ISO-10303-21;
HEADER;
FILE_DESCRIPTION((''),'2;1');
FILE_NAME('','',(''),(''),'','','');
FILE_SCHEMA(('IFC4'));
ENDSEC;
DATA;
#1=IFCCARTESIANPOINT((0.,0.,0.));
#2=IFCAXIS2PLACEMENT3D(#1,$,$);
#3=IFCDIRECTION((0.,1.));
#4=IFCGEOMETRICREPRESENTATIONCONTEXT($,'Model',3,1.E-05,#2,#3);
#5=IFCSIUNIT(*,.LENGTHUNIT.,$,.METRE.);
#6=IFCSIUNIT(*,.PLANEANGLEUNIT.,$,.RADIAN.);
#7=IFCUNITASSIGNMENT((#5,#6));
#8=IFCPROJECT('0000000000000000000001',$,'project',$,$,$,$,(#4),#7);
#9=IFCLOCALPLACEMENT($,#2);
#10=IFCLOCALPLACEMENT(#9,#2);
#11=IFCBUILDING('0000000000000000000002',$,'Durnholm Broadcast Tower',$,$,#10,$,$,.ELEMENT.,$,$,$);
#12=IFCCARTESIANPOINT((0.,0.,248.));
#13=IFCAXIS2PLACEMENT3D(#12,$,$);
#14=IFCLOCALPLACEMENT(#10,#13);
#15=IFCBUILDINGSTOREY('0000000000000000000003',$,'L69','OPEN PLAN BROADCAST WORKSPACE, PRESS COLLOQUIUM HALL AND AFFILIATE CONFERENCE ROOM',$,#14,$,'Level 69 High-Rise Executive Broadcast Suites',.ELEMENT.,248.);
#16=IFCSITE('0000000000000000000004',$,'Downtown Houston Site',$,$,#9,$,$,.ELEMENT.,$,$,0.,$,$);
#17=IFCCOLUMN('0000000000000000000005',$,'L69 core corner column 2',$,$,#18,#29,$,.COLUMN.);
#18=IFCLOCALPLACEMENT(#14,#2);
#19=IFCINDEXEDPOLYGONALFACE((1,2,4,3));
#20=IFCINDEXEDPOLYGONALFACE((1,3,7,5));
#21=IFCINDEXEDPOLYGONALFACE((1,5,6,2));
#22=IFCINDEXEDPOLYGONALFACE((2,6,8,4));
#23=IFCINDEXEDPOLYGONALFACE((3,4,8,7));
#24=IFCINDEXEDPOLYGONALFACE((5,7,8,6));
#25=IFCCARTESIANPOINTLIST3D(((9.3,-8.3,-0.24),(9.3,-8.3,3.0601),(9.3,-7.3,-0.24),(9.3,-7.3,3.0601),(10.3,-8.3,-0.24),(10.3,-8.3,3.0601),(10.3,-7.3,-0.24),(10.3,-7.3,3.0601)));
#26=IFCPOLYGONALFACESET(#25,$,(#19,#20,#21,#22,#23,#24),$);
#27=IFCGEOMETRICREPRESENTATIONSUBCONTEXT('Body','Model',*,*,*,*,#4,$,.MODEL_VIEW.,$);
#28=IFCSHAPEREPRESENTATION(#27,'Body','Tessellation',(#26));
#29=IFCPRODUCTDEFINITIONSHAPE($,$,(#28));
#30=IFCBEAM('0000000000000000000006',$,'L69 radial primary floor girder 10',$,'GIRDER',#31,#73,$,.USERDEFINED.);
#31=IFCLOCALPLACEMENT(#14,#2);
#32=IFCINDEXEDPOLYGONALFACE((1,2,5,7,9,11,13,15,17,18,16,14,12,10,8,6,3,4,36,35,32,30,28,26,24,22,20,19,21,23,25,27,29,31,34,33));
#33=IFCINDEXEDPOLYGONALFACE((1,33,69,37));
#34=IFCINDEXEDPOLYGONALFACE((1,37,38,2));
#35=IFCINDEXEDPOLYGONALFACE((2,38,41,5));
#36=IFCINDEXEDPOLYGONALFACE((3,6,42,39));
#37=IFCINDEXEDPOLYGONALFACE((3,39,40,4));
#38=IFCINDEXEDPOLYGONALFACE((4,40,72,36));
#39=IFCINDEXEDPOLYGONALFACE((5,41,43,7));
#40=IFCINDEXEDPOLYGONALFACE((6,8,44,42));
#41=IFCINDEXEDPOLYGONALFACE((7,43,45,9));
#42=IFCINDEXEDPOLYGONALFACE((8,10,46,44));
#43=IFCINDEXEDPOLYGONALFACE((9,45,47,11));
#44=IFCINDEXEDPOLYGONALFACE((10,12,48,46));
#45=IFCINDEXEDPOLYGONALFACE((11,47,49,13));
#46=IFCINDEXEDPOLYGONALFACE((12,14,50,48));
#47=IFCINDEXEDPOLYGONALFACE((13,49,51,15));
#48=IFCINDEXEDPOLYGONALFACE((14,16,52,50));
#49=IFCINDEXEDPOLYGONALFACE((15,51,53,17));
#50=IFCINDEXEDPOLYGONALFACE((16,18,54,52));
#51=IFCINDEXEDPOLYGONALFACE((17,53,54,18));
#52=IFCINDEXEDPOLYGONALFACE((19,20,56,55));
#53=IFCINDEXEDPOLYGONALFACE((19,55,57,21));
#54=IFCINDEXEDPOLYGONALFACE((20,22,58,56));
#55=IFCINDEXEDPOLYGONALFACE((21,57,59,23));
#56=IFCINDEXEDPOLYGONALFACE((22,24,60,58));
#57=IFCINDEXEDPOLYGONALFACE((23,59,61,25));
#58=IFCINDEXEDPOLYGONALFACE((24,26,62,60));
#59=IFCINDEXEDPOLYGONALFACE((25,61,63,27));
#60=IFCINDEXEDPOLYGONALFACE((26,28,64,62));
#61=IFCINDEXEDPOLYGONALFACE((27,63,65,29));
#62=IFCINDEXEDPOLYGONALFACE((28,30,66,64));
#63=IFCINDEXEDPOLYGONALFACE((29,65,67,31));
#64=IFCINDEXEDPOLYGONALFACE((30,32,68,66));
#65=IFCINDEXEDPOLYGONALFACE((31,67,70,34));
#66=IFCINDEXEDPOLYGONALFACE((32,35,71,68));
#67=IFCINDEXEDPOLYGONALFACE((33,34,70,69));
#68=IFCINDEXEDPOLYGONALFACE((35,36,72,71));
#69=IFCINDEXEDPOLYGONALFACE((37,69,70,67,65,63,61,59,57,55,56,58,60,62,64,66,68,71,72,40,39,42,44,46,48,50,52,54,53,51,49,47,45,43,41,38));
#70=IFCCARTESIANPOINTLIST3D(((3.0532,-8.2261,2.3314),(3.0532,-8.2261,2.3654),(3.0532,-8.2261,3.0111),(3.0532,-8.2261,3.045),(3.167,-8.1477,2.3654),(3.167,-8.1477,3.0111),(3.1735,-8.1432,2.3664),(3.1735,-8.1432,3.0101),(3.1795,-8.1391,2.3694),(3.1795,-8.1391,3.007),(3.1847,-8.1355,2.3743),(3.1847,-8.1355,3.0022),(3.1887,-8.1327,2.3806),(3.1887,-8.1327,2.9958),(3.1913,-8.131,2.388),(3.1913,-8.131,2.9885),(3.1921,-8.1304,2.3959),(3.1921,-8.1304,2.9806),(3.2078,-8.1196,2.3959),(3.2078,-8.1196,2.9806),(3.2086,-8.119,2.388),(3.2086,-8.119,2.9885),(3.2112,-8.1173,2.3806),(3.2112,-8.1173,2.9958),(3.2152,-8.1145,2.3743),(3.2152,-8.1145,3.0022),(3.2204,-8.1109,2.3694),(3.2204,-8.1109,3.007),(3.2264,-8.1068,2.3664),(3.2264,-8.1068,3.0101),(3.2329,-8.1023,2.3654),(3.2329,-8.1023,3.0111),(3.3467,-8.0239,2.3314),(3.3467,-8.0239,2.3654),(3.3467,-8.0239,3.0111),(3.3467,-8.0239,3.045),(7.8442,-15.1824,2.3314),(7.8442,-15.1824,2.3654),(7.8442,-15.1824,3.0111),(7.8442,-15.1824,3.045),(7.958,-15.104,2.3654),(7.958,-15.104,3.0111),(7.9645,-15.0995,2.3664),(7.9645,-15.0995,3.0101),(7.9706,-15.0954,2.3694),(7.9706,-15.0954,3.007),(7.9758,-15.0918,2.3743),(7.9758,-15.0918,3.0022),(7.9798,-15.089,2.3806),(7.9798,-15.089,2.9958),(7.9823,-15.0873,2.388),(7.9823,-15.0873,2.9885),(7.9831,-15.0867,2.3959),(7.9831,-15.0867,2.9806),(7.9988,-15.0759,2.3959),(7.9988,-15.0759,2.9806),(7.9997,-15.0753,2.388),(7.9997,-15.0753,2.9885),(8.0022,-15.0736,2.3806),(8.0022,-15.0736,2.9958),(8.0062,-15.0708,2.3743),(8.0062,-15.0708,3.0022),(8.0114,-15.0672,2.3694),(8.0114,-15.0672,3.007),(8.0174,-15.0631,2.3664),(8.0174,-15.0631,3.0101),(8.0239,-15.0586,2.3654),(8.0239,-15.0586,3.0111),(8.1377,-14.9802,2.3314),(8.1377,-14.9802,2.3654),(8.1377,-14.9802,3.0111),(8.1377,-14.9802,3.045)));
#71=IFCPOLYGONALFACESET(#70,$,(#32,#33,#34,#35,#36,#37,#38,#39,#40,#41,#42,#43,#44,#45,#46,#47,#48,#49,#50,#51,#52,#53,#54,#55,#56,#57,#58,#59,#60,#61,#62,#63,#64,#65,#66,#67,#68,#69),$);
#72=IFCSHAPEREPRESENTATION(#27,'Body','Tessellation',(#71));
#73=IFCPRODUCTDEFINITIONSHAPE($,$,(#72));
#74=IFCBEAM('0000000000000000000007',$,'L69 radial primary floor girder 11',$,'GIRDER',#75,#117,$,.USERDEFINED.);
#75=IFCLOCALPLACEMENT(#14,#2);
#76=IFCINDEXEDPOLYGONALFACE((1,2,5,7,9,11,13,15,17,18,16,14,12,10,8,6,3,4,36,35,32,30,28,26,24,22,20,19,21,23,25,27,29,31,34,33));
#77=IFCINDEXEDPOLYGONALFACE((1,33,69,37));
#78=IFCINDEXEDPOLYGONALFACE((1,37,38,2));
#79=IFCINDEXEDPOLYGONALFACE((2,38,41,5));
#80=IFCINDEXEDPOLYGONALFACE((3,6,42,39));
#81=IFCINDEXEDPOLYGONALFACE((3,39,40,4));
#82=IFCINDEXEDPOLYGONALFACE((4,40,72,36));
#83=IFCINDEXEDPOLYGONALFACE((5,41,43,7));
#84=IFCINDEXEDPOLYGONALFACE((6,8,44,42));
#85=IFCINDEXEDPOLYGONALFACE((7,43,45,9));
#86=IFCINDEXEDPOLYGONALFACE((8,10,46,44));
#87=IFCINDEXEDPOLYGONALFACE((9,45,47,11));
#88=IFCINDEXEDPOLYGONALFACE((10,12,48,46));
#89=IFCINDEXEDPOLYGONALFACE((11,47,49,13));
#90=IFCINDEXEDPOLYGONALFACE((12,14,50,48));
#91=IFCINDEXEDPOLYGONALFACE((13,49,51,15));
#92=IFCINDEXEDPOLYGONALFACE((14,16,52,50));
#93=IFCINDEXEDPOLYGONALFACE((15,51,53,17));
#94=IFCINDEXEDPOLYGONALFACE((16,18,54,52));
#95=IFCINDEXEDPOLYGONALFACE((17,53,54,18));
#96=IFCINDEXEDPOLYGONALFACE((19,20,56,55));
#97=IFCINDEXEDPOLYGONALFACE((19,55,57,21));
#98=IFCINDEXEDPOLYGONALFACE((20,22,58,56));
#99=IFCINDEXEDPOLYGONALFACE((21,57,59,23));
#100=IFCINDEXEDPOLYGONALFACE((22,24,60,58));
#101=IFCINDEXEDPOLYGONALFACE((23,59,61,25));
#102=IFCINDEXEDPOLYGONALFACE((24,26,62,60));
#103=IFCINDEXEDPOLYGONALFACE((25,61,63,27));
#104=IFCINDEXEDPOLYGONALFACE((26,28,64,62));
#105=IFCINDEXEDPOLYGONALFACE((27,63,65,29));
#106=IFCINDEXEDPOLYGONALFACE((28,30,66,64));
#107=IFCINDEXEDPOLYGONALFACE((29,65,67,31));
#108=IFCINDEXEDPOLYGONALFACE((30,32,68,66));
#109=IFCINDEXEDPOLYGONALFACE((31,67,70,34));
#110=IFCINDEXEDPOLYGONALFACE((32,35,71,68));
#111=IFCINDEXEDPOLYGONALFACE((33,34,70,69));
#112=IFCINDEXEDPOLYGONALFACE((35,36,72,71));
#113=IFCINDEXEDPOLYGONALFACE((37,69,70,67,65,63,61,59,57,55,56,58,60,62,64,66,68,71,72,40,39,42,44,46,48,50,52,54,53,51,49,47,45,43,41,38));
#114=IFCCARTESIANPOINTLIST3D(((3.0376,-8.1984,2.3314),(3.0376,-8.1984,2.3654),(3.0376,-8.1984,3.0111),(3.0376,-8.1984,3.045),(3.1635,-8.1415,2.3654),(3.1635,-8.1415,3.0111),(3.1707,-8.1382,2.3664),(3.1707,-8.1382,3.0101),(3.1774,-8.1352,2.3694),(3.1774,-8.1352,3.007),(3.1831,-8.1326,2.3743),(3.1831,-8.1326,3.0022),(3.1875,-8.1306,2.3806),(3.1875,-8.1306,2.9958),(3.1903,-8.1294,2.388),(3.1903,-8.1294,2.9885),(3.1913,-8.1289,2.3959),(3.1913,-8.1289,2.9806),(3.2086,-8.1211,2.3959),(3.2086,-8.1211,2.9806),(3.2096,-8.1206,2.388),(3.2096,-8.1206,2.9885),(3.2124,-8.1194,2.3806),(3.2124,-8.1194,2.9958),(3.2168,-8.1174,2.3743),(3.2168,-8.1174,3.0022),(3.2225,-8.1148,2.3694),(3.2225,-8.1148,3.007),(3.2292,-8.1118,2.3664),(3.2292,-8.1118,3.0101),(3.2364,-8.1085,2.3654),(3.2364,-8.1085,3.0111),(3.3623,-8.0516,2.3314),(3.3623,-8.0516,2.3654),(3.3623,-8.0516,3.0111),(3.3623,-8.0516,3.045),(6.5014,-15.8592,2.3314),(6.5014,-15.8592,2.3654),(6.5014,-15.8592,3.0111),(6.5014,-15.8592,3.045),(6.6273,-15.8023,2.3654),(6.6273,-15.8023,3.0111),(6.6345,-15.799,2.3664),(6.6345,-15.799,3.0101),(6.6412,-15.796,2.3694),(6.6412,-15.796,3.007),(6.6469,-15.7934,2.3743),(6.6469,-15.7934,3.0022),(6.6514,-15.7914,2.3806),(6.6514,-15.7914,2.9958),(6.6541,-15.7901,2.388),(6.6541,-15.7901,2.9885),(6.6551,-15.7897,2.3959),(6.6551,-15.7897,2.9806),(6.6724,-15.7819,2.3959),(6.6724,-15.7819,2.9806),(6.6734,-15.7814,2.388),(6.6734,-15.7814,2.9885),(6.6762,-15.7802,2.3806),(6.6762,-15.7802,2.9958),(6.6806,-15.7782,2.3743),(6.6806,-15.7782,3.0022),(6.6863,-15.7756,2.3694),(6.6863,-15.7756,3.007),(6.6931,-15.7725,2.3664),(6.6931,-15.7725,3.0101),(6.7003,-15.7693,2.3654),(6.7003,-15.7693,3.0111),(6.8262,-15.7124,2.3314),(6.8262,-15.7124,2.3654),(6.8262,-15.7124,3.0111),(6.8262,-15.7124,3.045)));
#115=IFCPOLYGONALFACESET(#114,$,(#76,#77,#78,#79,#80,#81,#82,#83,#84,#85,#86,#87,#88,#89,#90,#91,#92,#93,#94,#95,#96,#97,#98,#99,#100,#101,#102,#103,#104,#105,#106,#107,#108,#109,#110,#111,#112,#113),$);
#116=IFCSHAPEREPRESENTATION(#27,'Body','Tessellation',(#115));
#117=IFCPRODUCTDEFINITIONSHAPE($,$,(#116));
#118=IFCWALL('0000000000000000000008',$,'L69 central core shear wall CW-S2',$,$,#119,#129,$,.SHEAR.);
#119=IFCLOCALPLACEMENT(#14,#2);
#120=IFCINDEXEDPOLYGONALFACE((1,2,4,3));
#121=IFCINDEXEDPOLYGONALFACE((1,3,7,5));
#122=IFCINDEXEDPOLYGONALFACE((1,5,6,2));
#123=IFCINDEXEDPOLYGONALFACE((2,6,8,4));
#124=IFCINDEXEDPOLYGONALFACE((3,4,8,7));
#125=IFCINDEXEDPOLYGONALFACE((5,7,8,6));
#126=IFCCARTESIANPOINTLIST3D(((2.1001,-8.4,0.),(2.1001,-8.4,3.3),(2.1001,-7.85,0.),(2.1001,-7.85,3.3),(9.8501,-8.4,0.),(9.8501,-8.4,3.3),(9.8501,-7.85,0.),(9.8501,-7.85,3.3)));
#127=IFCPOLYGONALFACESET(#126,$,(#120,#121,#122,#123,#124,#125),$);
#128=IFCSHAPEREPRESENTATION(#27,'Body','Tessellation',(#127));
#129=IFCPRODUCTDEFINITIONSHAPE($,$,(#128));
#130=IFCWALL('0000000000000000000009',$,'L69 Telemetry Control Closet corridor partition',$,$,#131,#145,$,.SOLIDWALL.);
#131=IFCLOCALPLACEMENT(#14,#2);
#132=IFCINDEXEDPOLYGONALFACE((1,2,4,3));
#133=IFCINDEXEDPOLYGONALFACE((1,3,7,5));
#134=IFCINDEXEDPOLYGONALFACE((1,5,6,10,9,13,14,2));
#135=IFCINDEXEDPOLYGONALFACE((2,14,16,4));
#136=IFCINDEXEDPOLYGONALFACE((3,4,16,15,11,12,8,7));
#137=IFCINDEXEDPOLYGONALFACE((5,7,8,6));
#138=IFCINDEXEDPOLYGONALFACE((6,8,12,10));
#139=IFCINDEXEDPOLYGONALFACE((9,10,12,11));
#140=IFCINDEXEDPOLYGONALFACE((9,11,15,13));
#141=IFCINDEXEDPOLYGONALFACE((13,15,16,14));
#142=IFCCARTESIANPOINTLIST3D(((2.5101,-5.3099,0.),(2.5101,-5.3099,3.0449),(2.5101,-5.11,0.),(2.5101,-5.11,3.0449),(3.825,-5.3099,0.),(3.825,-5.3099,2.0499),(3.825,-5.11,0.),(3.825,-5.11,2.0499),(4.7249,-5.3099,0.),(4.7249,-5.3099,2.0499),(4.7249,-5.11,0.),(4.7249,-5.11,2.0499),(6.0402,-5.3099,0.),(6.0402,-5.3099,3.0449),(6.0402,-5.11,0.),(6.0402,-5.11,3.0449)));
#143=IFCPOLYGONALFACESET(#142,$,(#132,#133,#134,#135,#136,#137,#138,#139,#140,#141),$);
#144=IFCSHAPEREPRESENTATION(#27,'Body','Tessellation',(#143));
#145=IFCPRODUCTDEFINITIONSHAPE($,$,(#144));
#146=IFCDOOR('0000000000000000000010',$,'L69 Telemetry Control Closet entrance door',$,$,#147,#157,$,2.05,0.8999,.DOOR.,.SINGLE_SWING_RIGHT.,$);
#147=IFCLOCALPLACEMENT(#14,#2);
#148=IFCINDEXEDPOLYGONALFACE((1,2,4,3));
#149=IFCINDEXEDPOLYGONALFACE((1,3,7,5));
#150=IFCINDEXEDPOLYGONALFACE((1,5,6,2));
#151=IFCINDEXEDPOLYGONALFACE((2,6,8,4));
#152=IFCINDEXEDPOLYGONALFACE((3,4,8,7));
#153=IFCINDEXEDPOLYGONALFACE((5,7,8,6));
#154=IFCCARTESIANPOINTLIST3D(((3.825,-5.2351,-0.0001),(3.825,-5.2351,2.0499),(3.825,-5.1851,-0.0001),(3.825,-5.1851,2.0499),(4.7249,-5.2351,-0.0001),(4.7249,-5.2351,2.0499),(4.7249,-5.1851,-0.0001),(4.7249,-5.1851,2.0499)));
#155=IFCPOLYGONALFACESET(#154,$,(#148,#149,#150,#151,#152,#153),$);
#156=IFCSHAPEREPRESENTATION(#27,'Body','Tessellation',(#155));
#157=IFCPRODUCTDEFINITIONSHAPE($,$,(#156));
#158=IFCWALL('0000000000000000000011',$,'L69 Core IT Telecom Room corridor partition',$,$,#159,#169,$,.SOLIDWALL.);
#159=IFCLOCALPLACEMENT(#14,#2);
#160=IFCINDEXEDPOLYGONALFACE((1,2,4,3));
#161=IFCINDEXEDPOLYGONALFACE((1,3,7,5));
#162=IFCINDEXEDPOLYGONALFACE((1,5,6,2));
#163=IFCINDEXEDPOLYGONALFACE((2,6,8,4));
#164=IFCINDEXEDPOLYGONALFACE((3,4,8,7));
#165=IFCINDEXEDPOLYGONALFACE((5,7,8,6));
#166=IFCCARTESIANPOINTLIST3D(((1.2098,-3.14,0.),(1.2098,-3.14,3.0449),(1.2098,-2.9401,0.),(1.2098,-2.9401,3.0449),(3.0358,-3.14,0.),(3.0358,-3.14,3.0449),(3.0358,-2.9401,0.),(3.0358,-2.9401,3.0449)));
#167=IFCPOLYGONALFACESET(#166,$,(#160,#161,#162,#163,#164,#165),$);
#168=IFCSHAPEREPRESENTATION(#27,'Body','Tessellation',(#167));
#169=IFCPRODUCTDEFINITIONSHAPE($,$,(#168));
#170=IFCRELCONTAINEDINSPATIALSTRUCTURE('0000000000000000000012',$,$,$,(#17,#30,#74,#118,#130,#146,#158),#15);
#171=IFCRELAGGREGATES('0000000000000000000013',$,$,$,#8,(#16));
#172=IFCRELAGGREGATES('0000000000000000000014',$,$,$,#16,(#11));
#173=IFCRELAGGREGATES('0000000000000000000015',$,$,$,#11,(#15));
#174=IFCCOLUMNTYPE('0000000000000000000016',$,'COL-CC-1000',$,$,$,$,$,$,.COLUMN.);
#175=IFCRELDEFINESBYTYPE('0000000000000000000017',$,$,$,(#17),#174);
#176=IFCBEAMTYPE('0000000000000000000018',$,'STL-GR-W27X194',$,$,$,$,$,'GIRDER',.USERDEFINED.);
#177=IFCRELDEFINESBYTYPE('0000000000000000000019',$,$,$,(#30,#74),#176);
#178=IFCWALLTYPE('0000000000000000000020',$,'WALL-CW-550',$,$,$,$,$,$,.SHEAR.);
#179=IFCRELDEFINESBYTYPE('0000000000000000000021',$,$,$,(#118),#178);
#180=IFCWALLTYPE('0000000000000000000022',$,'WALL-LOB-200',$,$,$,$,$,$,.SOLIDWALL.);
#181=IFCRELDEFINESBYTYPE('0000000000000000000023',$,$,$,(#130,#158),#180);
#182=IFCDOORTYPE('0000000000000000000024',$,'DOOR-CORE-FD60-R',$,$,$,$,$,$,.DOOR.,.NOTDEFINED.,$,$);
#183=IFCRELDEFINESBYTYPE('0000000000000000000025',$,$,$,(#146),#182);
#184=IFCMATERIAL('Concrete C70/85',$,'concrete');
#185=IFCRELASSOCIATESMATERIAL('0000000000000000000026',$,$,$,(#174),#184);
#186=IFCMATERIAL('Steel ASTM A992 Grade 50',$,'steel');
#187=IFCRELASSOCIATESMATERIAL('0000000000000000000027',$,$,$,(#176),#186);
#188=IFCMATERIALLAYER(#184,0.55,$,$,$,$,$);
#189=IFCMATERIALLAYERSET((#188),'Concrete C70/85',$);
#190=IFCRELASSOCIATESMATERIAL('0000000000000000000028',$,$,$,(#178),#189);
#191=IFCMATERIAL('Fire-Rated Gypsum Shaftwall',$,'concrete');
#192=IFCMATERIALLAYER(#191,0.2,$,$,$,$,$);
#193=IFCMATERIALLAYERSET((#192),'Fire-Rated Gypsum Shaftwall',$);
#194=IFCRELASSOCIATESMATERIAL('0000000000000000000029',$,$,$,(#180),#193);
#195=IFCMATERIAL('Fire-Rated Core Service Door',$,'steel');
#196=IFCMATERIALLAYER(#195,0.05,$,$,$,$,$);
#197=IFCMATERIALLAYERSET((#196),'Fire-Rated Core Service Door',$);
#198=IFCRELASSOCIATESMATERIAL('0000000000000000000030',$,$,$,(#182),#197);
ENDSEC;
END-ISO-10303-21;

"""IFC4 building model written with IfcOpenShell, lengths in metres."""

from ifc_helpers import new_model, si_unit, direction, frame, frame_2d, origin, origin_2d, place, context, subcontext, project, spatial, rectangle, i_section, extrude, source, transform, mapped, material, layer, layer_set, material_profile, profile_set, type_object, type_shapes, element, fill, save


model = new_model("IFC4")

# Units and contexts
model_context = context("Model", 3, precision=1e-05, world=origin(), true_north=direction((0.0, 1.0)))
body_context = subcontext(model_context, "Body", "Model", "MODEL_VIEW")
ifc_project = project(units=[si_unit("LENGTHUNIT", "METRE"), si_unit("PLANEANGLEUNIT", "RADIAN")], contexts=[model_context])

# Site, building, storey
site_placement = place(None, origin())
site = spatial("IfcSite", under=ifc_project, at=site_placement, Name="Downtown Houston Site", CompositionType="ELEMENT", RefElevation=0.0)
building_placement = place(site_placement, origin())
building = spatial("IfcBuilding", under=site, at=building_placement, Name="Durnholm Broadcast Tower", CompositionType="ELEMENT")
storey_placement = place(building_placement, frame((0.0, 0.0, 248.0)))
storey = spatial("IfcBuildingStorey", under=building, at=storey_placement, Name="L69", Description="OPEN PLAN BROADCAST WORKSPACE, PRESS COLLOQUIUM HALL AND AFFILIATE CONFERENCE ROOM", LongName="Level 69 High-Rise Executive Broadcast Suites", CompositionType="ELEMENT", Elevation=248.0)

# Column
ifc_material_1 = material(Name="Concrete C70/85", Category="concrete")
ifc_material_profile_1 = material_profile(ifc_material_1, rectangle(XDim=1.0, YDim=1.0, at=origin_2d()), Name="RC1000X1000")
ifc_profile_set_1 = profile_set([ifc_material_profile_1], Name="Concrete C70/85")
column_type = type_object("IfcColumnType", Name="COL-CC-1000", PredefinedType="COLUMN", material=ifc_profile_set_1)
shared_shape_1 = source(origin(), body_context, "Body", "SweptSolid", [
    extrude(rectangle(XDim=1.0, YDim=1.0, at=origin_2d()), origin(), (0.0, 0.0, 1.0), 3.3),
])
type_shapes(column_type, [shared_shape_1])
column_placement = place(storey_placement, frame((9.8, -7.8, -0.24), z_axis=(0.0, 0.0, 1.0), x_axis=(1.0, 0.0, 0.0)))
element("IfcColumn", 1, at=column_placement, inside=storey, type_object=column_type, Name="L69 core corner column 2", PredefinedType="COLUMN", context=body_context, shape_type="MappedRepresentation", body=[
    mapped(shared_shape_1, transform((0.0, 0.0, 0.0), x_axis=(1.0, 0.0, 0.0), y_axis=(0.0, 1.0, 0.0), z_axis=(0.0, 0.0, 1.0), scale=1.0)),
])

# Beams
ifc_material_2 = material(Name="Steel ASTM A992 Grade 50", Category="steel")
ifc_material_profile_2 = material_profile(ifc_material_2, i_section(OverallWidth=0.3564, OverallDepth=0.7136, WebThickness=0.019, FlangeThickness=0.0339, FilletRadius=0.0305, at=origin_2d()), Name="W27X194")
ifc_profile_set_2 = profile_set([ifc_material_profile_2], Name="Steel ASTM A992 Grade 50")
beam_type = type_object("IfcBeamType", Name="STL-GR-W27X194", ElementType="GIRDER", PredefinedType="USERDEFINED", material=ifc_profile_set_2)
shared_shape_2 = source(origin(), body_context, "Body", "SweptSolid", [
    extrude(i_section(OverallWidth=0.3564, OverallDepth=0.7136, WebThickness=0.019, FlangeThickness=0.0339, FilletRadius=0.0305, at=origin_2d()), origin(), (0.0, 0.0, 1.0), 8.4465),
])
beam_1_placement = place(storey_placement, frame((3.2, -8.125, 2.6882), z_axis=(0.567217, -0.823569, 0.0), x_axis=(0.823569, 0.567217, 0.0)))
element("IfcBeam", 2, at=beam_1_placement, inside=storey, type_object=beam_type, Name="L69 radial primary floor girder 10", ObjectType="GIRDER", PredefinedType="USERDEFINED", context=body_context, shape_type="MappedRepresentation", body=[
    mapped(shared_shape_2, transform((0.0, 0.0, 0.0), x_axis=(1.0, 0.0, 0.0), y_axis=(0.0, 1.0, 0.0), z_axis=(0.0, 0.0, 1.0), scale=1.0)),
])
shared_shape_3 = source(origin(), body_context, "Body", "SweptSolid", [
    extrude(i_section(OverallWidth=0.3564, OverallDepth=0.7136, WebThickness=0.019, FlangeThickness=0.0339, FilletRadius=0.0305, at=origin_2d()), origin(), (0.0, 0.0, 1.0), 8.4075),
])
type_shapes(beam_type, [shared_shape_2, shared_shape_3])
beam_2_placement = place(storey_placement, frame((3.2, -8.125, 2.6882), z_axis=(0.411993, -0.911187, 0.0), x_axis=(0.911187, 0.411993, 0.0)))
element("IfcBeam", 3, at=beam_2_placement, inside=storey, type_object=beam_type, Name="L69 radial primary floor girder 11", ObjectType="GIRDER", PredefinedType="USERDEFINED", context=body_context, shape_type="MappedRepresentation", body=[
    mapped(shared_shape_3, transform((0.0, 0.0, 0.0), x_axis=(1.0, 0.0, 0.0), y_axis=(0.0, 1.0, 0.0), z_axis=(0.0, 0.0, 1.0), scale=1.0)),
])

# Wall
ifc_layer_1 = layer(ifc_material_1, 0.55)
ifc_layer_set_1 = layer_set([ifc_layer_1], Name="Concrete C70/85")
wall_type_1 = type_object("IfcWallType", Name="WALL-CW-550", PredefinedType="SHEAR", material=ifc_layer_set_1)
wall_1_placement = place(storey_placement, frame((2.1001, -8.125, 0.0), z_axis=(0.0, 0.0, 1.0), x_axis=(1.0, 0.0, 0.0)))
element("IfcWall", 4, at=wall_1_placement, inside=storey, type_object=wall_type_1, Name="L69 central core shear wall CW-S2", PredefinedType="SHEAR", context=body_context, shape_type="SweptSolid", body=[
    extrude(rectangle(XDim=7.75, YDim=0.55, at=frame_2d((3.875, 0.0))), origin(), (0.0, 0.0, 1.0), 3.3),
])

# Wall, opening, door
ifc_material_3 = material(Name="Fire-Rated Gypsum Shaftwall", Category="concrete")
ifc_layer_2 = layer(ifc_material_3, 0.2)
ifc_layer_set_2 = layer_set([ifc_layer_2], Name="Fire-Rated Gypsum Shaftwall")
wall_type_2 = type_object("IfcWallType", Name="WALL-LOB-200", PredefinedType="SOLIDWALL", material=ifc_layer_set_2)
wall_2_placement = place(storey_placement, frame((2.51, -5.21, 0.0), z_axis=(0.0, 0.0, 1.0), x_axis=(1.0, 0.0, 0.0)))
wall_2 = element("IfcWall", 5, at=wall_2_placement, inside=storey, type_object=wall_type_2, Name="L69 Telemetry Control Closet corridor partition", PredefinedType="SOLIDWALL", context=body_context, shape_type="SweptSolid", body=[
    extrude(rectangle(XDim=3.53, YDim=0.2, at=frame_2d((1.7651, 0.0))), origin(), (0.0, 0.0, 1.0), 3.0449),
])
opening_1_placement = place(wall_2_placement, frame((1.3149, 0.0, 0.0)))
opening_1 = element("IfcOpeningElement", 6, at=opening_1_placement, cuts=wall_2, PredefinedType="OPENING", context=body_context, shape_type="SweptSolid", body=[
    extrude(rectangle(XDim=0.8999, YDim=2.05, at=frame_2d((0.45, 1.0249))), frame((0.0, 0.1099, 0.0), z_axis=(0.0, -1.0, 0.0), x_axis=(1.0, 0.0, 0.0)), (0.0, 0.0, 1.0), 0.22),
])
ifc_material_4 = material(Name="Fire-Rated Core Service Door", Category="steel")
ifc_layer_3 = layer(ifc_material_4, 0.05)
ifc_layer_set_3 = layer_set([ifc_layer_3], Name="Fire-Rated Core Service Door")
door_type_1 = type_object("IfcDoorType", Name="DOOR-CORE-FD60-R", OperationType="NOTDEFINED", PredefinedType="DOOR", material=ifc_layer_set_3)
shared_shape_4 = source(origin(), body_context, "Body", "SweptSolid", [
    extrude(rectangle(XDim=0.8999, YDim=2.05, at=frame_2d((0.45, 1.0249))), frame((0.0, 0.0249, 0.0), z_axis=(0.0, -1.0, 0.0), x_axis=(1.0, 0.0, 0.0)), (0.0, 0.0, 1.0), 0.05),
])
type_shapes(door_type_1, [shared_shape_4])
door_1_placement = place(opening_1_placement, origin())
door_1 = element("IfcDoor", 7, at=door_1_placement, inside=storey, type_object=door_type_1, Name="L69 Telemetry Control Closet entrance door", OperationType="SINGLE_SWING_RIGHT", OverallHeight=2.05, OverallWidth=0.8999, PredefinedType="DOOR", context=body_context, shape_type="MappedRepresentation", body=[
    mapped(shared_shape_4, transform((0.0, 0.0, 0.0), x_axis=(1.0, 0.0, 0.0), y_axis=(0.0, 1.0, 0.0), z_axis=(0.0, 0.0, 1.0), scale=1.0)),
])
fill(opening_1, door_1)

# Wall
wall_3_placement = place(storey_placement, frame((3.0359, -3.04, 0.0), z_axis=(0.0, 0.0, 1.0), x_axis=(-1.0, 0.0, 0.0)))
element("IfcWall", 8, at=wall_3_placement, inside=storey, type_object=wall_type_2, Name="L69 Core IT Telecom Room corridor partition", PredefinedType="SOLIDWALL", context=body_context, shape_type="SweptSolid", body=[
    extrude(rectangle(XDim=1.8259, YDim=0.2, at=frame_2d((0.9131, 0.0))), origin(), (0.0, 0.0, 1.0), 3.0449),
])

save(model, "model.ifc")
